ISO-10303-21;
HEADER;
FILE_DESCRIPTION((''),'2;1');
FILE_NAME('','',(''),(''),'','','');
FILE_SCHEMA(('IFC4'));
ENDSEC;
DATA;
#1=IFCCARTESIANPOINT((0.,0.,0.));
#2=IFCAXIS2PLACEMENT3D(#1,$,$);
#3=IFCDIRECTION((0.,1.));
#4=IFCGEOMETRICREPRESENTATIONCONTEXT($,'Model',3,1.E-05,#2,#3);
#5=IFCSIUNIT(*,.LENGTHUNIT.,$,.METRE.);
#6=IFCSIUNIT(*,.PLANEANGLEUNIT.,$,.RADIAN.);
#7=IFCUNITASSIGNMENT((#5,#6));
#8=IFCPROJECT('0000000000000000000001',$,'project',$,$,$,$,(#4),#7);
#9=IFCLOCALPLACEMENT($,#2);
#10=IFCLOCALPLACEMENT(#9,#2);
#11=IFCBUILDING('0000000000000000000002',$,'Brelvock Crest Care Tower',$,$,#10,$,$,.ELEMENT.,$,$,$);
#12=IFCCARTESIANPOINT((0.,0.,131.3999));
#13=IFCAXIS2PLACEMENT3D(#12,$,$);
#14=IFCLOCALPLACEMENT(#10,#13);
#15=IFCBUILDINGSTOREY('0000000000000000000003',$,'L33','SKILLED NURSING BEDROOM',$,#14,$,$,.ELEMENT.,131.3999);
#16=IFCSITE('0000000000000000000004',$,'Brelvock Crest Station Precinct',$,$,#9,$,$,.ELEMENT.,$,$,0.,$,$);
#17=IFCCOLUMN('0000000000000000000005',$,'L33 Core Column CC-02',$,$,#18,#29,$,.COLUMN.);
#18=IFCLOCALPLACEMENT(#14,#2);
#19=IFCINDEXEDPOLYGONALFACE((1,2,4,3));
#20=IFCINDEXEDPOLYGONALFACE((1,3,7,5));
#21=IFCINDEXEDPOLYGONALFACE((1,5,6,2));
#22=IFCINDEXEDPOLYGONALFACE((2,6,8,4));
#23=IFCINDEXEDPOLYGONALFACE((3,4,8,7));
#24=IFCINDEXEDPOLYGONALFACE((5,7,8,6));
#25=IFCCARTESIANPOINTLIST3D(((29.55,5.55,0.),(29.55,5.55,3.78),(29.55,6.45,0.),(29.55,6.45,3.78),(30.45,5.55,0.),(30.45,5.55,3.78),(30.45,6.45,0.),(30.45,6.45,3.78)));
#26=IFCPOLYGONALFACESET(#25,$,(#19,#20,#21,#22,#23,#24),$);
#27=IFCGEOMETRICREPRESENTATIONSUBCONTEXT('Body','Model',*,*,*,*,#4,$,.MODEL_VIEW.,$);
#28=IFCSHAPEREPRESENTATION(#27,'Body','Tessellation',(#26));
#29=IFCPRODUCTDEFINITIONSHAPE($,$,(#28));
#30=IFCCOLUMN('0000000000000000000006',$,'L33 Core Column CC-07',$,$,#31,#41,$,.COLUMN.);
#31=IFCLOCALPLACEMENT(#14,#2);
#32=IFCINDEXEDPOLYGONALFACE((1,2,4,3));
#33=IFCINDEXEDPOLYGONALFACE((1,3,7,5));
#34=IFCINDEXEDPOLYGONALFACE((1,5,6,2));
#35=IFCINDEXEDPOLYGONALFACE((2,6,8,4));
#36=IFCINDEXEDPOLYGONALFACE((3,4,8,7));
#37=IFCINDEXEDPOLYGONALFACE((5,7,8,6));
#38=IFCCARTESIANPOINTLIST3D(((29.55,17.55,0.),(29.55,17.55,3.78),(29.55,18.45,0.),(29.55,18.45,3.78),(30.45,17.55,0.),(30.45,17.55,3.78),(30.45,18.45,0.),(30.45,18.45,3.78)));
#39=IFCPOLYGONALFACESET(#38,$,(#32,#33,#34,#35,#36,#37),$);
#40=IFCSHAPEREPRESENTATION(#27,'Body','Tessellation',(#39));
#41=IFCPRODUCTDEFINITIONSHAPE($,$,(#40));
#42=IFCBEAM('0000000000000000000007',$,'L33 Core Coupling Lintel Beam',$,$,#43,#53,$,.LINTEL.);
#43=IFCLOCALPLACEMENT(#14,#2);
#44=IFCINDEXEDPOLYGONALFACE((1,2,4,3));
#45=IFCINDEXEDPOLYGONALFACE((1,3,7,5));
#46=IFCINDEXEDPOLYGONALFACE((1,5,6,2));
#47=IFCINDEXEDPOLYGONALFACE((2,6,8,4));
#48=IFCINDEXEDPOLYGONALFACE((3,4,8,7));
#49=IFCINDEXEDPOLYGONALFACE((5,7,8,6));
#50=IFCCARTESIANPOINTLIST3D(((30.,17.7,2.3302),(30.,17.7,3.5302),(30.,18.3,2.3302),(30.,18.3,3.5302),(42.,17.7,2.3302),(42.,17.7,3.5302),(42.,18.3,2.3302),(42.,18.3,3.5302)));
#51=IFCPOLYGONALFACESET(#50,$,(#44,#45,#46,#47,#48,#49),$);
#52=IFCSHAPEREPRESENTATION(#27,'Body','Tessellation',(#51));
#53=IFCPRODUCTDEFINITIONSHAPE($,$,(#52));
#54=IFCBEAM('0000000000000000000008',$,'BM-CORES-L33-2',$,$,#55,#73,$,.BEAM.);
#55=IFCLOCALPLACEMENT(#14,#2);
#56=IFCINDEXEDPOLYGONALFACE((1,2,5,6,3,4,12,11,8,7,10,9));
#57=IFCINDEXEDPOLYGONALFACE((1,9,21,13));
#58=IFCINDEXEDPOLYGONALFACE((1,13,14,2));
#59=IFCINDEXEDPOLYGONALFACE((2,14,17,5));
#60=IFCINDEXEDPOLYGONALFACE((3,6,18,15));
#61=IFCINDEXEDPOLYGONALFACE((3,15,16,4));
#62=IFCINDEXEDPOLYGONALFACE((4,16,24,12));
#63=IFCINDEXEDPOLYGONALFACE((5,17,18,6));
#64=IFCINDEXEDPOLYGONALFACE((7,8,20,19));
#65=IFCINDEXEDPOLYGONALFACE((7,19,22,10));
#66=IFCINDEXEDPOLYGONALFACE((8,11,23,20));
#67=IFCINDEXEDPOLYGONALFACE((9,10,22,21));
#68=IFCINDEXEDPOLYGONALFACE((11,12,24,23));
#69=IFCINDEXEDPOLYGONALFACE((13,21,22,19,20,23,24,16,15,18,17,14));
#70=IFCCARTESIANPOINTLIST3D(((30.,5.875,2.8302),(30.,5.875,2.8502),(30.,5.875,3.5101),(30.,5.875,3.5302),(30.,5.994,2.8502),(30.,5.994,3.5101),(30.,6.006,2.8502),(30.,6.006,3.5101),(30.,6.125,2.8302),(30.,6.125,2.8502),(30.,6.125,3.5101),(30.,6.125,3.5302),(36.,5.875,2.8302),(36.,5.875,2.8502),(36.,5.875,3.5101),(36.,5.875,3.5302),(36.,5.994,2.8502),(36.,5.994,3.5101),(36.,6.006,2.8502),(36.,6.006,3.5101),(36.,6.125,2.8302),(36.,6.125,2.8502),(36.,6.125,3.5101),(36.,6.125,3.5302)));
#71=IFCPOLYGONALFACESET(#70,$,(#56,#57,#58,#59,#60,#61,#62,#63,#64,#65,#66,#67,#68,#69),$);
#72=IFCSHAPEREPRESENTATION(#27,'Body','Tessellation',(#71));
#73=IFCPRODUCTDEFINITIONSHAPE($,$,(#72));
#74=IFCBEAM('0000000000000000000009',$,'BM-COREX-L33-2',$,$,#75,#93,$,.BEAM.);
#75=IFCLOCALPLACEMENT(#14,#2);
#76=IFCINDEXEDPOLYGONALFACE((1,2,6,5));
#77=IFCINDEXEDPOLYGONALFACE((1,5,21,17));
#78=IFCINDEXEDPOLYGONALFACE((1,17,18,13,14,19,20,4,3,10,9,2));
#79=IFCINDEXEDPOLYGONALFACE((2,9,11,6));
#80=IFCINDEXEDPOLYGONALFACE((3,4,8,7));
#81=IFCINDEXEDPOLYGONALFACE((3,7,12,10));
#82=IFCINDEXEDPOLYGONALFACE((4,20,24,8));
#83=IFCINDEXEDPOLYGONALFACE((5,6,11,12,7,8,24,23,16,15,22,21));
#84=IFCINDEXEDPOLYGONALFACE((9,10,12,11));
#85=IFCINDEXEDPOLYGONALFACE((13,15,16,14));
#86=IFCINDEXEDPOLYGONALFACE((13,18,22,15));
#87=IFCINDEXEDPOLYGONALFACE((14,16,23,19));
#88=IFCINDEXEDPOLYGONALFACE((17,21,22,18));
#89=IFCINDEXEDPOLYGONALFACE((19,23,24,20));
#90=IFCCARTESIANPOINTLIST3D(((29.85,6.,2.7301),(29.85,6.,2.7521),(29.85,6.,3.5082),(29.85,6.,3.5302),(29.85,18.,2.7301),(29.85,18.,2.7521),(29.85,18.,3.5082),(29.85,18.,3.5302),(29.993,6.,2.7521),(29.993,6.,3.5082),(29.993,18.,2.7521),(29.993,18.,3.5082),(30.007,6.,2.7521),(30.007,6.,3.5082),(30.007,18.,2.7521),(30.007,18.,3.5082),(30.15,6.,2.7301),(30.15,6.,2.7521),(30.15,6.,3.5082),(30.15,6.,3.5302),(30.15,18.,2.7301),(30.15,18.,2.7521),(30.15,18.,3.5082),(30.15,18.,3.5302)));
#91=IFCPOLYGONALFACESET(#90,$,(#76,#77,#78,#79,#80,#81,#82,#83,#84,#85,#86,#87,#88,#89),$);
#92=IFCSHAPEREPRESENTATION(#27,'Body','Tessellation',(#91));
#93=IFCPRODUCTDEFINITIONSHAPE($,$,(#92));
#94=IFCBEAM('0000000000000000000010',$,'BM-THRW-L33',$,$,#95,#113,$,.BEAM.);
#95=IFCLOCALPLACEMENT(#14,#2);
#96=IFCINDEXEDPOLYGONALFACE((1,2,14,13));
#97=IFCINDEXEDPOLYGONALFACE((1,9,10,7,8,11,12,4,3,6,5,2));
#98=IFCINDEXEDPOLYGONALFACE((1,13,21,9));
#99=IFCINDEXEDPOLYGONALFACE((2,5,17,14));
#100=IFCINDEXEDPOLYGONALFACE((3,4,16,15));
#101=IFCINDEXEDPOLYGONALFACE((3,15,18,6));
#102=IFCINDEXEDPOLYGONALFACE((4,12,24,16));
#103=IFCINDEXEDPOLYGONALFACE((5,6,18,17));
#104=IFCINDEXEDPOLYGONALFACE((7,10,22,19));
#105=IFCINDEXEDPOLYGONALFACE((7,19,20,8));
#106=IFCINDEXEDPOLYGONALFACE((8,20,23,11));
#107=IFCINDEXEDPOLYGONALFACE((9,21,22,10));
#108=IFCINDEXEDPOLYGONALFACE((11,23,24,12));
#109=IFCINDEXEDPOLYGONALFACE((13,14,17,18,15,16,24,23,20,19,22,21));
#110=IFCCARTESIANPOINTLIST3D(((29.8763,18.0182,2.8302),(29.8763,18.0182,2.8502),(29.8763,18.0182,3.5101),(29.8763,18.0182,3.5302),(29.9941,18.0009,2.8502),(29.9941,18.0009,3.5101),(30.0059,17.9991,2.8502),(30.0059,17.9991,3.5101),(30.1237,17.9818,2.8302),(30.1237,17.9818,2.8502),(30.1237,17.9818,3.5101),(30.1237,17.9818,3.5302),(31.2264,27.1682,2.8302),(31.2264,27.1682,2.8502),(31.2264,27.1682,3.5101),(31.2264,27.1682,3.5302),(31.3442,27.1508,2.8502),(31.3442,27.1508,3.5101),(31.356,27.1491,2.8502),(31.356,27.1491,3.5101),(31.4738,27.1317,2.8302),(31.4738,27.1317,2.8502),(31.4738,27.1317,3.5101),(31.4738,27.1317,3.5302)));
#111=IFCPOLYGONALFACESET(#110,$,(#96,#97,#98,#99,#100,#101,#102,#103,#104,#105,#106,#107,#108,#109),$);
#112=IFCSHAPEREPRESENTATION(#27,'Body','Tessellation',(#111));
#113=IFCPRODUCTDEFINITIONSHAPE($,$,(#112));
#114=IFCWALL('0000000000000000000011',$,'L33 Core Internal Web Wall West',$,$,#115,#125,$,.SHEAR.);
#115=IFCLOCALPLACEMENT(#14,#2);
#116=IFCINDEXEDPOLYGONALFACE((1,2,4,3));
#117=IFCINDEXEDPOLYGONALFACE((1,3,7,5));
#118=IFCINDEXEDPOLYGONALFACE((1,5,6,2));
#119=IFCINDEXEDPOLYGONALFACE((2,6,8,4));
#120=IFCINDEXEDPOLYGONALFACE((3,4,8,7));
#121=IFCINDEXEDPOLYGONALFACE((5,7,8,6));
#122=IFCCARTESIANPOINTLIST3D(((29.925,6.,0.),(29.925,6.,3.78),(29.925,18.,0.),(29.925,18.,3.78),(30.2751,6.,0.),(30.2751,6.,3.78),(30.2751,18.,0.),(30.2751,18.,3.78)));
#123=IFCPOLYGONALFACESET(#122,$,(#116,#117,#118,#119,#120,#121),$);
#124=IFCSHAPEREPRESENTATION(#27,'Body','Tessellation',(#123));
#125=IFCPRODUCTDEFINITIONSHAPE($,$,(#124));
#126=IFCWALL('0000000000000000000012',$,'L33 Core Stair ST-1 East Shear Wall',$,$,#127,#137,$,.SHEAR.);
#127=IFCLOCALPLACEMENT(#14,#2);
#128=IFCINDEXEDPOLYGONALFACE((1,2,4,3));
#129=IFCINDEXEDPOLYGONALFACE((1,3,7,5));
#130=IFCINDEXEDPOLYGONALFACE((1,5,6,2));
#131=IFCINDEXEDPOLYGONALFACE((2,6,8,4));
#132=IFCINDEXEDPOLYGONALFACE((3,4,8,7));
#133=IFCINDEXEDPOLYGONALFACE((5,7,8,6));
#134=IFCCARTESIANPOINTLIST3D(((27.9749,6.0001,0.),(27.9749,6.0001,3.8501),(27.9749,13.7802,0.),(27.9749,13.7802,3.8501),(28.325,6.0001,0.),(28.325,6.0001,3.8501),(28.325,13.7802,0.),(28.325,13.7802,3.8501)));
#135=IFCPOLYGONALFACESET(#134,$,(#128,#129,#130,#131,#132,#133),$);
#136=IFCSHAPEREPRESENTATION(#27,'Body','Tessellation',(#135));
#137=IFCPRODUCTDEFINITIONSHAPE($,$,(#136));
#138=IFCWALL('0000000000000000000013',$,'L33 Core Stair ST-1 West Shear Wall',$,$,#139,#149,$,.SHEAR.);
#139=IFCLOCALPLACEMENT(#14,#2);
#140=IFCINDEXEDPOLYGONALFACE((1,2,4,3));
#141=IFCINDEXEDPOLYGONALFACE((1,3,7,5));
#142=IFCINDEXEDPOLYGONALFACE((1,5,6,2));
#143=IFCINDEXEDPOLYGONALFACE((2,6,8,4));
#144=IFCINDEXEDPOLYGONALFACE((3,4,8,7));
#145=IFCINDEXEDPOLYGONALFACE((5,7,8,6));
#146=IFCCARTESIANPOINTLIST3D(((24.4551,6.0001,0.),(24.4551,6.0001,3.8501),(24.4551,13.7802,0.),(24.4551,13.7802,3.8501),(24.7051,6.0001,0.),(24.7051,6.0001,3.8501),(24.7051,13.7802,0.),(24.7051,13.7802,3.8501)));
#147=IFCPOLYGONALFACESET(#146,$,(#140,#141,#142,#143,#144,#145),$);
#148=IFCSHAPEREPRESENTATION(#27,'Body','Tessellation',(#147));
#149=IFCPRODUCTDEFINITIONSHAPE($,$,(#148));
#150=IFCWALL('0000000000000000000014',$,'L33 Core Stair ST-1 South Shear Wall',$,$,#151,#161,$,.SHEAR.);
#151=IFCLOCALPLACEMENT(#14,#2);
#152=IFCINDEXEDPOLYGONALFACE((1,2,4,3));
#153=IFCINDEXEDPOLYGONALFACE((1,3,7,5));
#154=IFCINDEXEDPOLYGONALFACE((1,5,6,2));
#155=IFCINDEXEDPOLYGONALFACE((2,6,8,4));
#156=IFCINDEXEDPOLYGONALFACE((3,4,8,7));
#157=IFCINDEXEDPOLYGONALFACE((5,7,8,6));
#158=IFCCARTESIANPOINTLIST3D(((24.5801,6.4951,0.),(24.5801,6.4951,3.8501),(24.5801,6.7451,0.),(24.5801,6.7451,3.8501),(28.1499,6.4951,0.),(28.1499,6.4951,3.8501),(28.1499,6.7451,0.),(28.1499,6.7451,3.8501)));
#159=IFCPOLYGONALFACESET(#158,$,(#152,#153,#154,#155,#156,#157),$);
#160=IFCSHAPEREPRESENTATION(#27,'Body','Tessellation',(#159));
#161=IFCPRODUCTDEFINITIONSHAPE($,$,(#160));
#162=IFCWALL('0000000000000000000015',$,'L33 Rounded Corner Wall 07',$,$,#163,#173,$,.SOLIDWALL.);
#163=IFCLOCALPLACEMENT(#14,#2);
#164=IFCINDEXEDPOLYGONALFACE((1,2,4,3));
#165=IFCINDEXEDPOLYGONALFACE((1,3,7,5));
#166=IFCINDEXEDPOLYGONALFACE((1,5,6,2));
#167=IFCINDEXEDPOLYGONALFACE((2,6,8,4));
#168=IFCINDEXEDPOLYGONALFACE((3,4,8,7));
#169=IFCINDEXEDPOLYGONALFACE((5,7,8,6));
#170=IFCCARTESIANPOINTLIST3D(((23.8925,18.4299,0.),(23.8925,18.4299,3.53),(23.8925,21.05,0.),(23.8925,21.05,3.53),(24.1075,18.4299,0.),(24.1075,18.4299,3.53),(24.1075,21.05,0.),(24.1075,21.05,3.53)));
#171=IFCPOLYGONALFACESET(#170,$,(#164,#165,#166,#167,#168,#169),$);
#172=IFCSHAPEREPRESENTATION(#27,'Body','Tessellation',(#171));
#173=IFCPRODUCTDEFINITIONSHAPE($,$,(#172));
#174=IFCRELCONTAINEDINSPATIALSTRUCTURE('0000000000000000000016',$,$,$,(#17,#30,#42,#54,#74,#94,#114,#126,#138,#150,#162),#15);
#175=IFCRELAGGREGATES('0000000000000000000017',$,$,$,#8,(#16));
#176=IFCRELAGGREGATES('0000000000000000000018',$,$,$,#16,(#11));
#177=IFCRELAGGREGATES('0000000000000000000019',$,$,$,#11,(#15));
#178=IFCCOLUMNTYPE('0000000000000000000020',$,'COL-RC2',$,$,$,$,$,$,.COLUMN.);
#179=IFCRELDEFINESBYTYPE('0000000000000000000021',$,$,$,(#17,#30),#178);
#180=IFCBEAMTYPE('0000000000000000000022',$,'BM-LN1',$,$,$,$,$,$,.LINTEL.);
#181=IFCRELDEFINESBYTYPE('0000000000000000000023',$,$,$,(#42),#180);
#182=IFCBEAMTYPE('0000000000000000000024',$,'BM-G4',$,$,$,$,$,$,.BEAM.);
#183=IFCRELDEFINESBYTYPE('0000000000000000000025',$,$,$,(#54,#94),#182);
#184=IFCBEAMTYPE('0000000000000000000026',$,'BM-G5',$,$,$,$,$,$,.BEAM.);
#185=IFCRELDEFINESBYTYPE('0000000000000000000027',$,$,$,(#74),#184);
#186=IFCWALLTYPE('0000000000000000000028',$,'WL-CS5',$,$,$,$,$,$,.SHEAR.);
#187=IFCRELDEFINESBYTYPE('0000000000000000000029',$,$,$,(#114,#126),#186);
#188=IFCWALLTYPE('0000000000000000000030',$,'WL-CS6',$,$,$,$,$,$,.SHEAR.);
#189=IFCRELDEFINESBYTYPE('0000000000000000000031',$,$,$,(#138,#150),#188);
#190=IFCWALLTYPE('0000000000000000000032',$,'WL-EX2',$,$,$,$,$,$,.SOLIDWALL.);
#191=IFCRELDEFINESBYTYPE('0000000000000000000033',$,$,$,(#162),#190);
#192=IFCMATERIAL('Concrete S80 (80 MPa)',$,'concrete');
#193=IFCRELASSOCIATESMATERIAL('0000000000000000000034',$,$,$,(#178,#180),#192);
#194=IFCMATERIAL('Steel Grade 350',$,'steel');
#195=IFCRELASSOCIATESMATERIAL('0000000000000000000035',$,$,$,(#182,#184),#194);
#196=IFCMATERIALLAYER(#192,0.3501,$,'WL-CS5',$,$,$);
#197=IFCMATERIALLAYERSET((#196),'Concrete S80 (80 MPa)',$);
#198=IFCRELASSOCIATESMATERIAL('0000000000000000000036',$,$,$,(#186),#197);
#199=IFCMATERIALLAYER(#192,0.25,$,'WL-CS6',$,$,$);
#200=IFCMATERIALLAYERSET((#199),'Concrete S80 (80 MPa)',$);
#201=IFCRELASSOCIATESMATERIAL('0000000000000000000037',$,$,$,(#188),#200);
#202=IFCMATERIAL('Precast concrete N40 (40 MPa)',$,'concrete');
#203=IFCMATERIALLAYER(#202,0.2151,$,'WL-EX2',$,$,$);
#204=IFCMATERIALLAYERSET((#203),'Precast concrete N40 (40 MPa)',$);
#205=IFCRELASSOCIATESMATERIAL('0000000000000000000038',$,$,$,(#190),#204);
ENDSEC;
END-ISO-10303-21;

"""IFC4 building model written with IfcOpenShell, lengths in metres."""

from ifc_helpers import new_model, si_unit, direction, frame, frame_2d, origin, origin_2d, place, context, subcontext, project, spatial, rectangle, i_section, extrude, source, transform, mapped, material, layer, layer_set, material_profile, profile_set, type_object, element, save


model = new_model("IFC4")

# Units and contexts
model_context = context("Model", 3, precision=1e-05, world=origin(), true_north=direction((0.0, 1.0)))
body_context = subcontext(model_context, "Body", "Model", "MODEL_VIEW")
ifc_project = project(units=[si_unit("LENGTHUNIT", "METRE"), si_unit("PLANEANGLEUNIT", "RADIAN")], contexts=[model_context])

# Site, building, storey
site_placement = place(None, origin())
site = spatial("IfcSite", under=ifc_project, at=site_placement, Name="Brelvock Crest Station Precinct", CompositionType="ELEMENT", RefElevation=0.0)
building_placement = place(site_placement, origin())
building = spatial("IfcBuilding", under=site, at=building_placement, Name="Brelvock Crest Care Tower", CompositionType="ELEMENT")
storey_placement = place(building_placement, frame((0.0, 0.0, 131.3999)))
storey = spatial("IfcBuildingStorey", under=building, at=storey_placement, Name="L33", Description="SKILLED NURSING BEDROOM", CompositionType="ELEMENT", Elevation=131.3999)

# Columns
ifc_material_1 = material(Name="Concrete S80 (80 MPa)", Category="concrete")
ifc_material_profile_1 = material_profile(ifc_material_1, rectangle(XDim=0.8999, YDim=0.8999, at=origin_2d()), Name="RC900x900")
ifc_profile_set_1 = profile_set([ifc_material_profile_1], Name="Concrete S80 (80 MPa)")
column_type = type_object("IfcColumnType", Name="COL-RC2", PredefinedType="COLUMN", material=ifc_profile_set_1)
shared_shape_1 = source(origin(), body_context, "Body", "SweptSolid", [
    extrude(rectangle(XDim=0.8999, YDim=0.8999, at=origin_2d()), origin(), (0.0, 0.0, 1.0), 3.78),
])
for number, where, z_axis, x_axis, name in (
    (1, (30.0, 6.0, 0.0), (0.0, 0.0, 1.0), (1.0, 0.0, 0.0), "L33 Core Column CC-02"),
    (2, (30.0, 18.0, 0.0), (0.0, 0.0, 1.0), (1.0, 0.0, 0.0), "L33 Core Column CC-07"),
):
    element("IfcColumn", number, at=place(storey_placement, frame(where, z_axis=z_axis, x_axis=x_axis)), inside=storey, type_object=column_type, Name=name, PredefinedType="COLUMN", context=body_context, shape_type="MappedRepresentation", body=[
        mapped(shared_shape_1, transform((0.0, 0.0, 0.0), x_axis=(1.0, 0.0, 0.0), y_axis=(0.0, 1.0, 0.0), z_axis=(0.0, 0.0, 1.0), scale=1.0)),
    ])

# Beams
ifc_material_profile_2 = material_profile(ifc_material_1, rectangle(XDim=0.6001, YDim=1.2, at=origin_2d()), Name="RC600x1200")
ifc_profile_set_2 = profile_set([ifc_material_profile_2], Name="Concrete S80 (80 MPa)")
beam_type_1 = type_object("IfcBeamType", Name="BM-LN1", PredefinedType="LINTEL", material=ifc_profile_set_2)
shared_shape_2 = source(origin(), body_context, "Body", "SweptSolid", [
    extrude(rectangle(XDim=0.6001, YDim=1.2, at=origin_2d()), origin(), (0.0, 0.0, 1.0), 12.0),
])
beam_1_placement = place(storey_placement, frame((30.0, 18.0, 2.9302), z_axis=(1.0, 0.0, 0.0), x_axis=(0.0, 1.0, 0.0)))
element("IfcBeam", 3, at=beam_1_placement, inside=storey, type_object=beam_type_1, Name="L33 Core Coupling Lintel Beam", PredefinedType="LINTEL", context=body_context, shape_type="MappedRepresentation", body=[
    mapped(shared_shape_2, transform((0.0, 0.0, 0.0), x_axis=(1.0, 0.0, 0.0), y_axis=(0.0, 1.0, 0.0), z_axis=(0.0, 0.0, 1.0), scale=1.0)),
])
ifc_material_2 = material(Name="Steel Grade 350", Category="steel")
ifc_material_profile_3 = material_profile(ifc_material_2, i_section(OverallWidth=0.25, OverallDepth=0.7, WebThickness=0.012, FlangeThickness=0.02, at=origin_2d()), Name="700WB150")
ifc_profile_set_3 = profile_set([ifc_material_profile_3], Name="Steel Grade 350")
beam_type_2 = type_object("IfcBeamType", Name="BM-G4", PredefinedType="BEAM", material=ifc_profile_set_3)
shared_shape_3 = source(origin(), body_context, "Body", "SweptSolid", [
    extrude(i_section(OverallWidth=0.25, OverallDepth=0.7, WebThickness=0.012, FlangeThickness=0.02, at=origin_2d()), origin(), (0.0, 0.0, 1.0), 6.0),
])
beam_2_placement = place(storey_placement, frame((30.0, 6.0, 3.1802), z_axis=(1.0, 0.0, 0.0), x_axis=(0.0, 1.0, 0.0)))
element("IfcBeam", 4, at=beam_2_placement, inside=storey, type_object=beam_type_2, Name="BM-CORES-L33-2", PredefinedType="BEAM", context=body_context, shape_type="MappedRepresentation", body=[
    mapped(shared_shape_3, transform((0.0, 0.0, 0.0), x_axis=(1.0, 0.0, 0.0), y_axis=(0.0, 1.0, 0.0), z_axis=(0.0, 0.0, 1.0), scale=1.0)),
])
ifc_material_profile_4 = material_profile(ifc_material_2, i_section(OverallWidth=0.3, OverallDepth=0.8, WebThickness=0.0139, FlangeThickness=0.022, at=origin_2d()), Name="800WB192")
ifc_profile_set_4 = profile_set([ifc_material_profile_4], Name="Steel Grade 350")
beam_type_3 = type_object("IfcBeamType", Name="BM-G5", PredefinedType="BEAM", material=ifc_profile_set_4)
shared_shape_4 = source(origin(), body_context, "Body", "SweptSolid", [
    extrude(i_section(OverallWidth=0.3, OverallDepth=0.8, WebThickness=0.0139, FlangeThickness=0.022, at=origin_2d()), origin(), (0.0, 0.0, 1.0), 12.0),
])
beam_3_placement = place(storey_placement, frame((30.0, 6.0, 3.1301), z_axis=(0.0, 1.0, 0.0), x_axis=(-1.0, 0.0, 0.0)))
element("IfcBeam", 5, at=beam_3_placement, inside=storey, type_object=beam_type_3, Name="BM-COREX-L33-2", PredefinedType="BEAM", context=body_context, shape_type="MappedRepresentation", body=[
    mapped(shared_shape_4, transform((0.0, 0.0, 0.0), x_axis=(1.0, 0.0, 0.0), y_axis=(0.0, 1.0, 0.0), z_axis=(0.0, 0.0, 1.0), scale=1.0)),
])
shared_shape_5 = source(origin(), body_context, "Body", "SweptSolid", [
    extrude(i_section(OverallWidth=0.25, OverallDepth=0.7, WebThickness=0.012, FlangeThickness=0.02, at=origin_2d()), origin(), (0.0, 0.0, 1.0), 9.249),
])
beam_4_placement = place(storey_placement, frame((30.0, 18.0, 3.1802), z_axis=(0.145973, 0.989289, 0.0), x_axis=(-0.989289, 0.145973, 0.0)))
element("IfcBeam", 6, at=beam_4_placement, inside=storey, type_object=beam_type_2, Name="BM-THRW-L33", PredefinedType="BEAM", context=body_context, shape_type="MappedRepresentation", body=[
    mapped(shared_shape_5, transform((0.0, 0.0, 0.0), x_axis=(1.0, 0.0, 0.0), y_axis=(0.0, 1.0, 0.0), z_axis=(0.0, 0.0, 1.0), scale=1.0)),
])

# Walls
ifc_layer_1 = layer(ifc_material_1, 0.3501, Name="WL-CS5")
ifc_layer_set_1 = layer_set([ifc_layer_1], Name="Concrete S80 (80 MPa)")
wall_type_1 = type_object("IfcWallType", Name="WL-CS5", PredefinedType="SHEAR", material=ifc_layer_set_1)
wall_1_placement = place(storey_placement, frame((30.1001, 6.0, 0.0), z_axis=(0.0, 0.0, 1.0), x_axis=(0.0, 1.0, 0.0)))
element("IfcWall", 7, at=wall_1_placement, inside=storey, type_object=wall_type_1, Name="L33 Core Internal Web Wall West", PredefinedType="SHEAR", context=body_context, shape_type="SweptSolid", body=[
    extrude(rectangle(XDim=12.0, YDim=0.3501, at=frame_2d((6.0, 0.0))), origin(), (0.0, 0.0, 1.0), 3.78),
])
wall_2_placement = place(storey_placement, frame((28.1499, 6.0, 0.0), z_axis=(0.0, 0.0, 1.0), x_axis=(0.0, 1.0, 0.0)))
element("IfcWall", 8, at=wall_2_placement, inside=storey, type_object=wall_type_1, Name="L33 Core Stair ST-1 East Shear Wall", PredefinedType="SHEAR", context=body_context, shape_type="SweptSolid", body=[
    extrude(rectangle(XDim=7.78, YDim=0.3501, at=frame_2d((3.8901, 0.0))), origin(), (0.0, 0.0, 1.0), 3.8501),
])
ifc_layer_2 = layer(ifc_material_1, 0.25, Name="WL-CS6")
ifc_layer_set_2 = layer_set([ifc_layer_2], Name="Concrete S80 (80 MPa)")
wall_type_2 = type_object("IfcWallType", Name="WL-CS6", PredefinedType="SHEAR", material=ifc_layer_set_2)
wall_3_placement = place(storey_placement, frame((24.5801, 6.0, 0.0), z_axis=(0.0, 0.0, 1.0), x_axis=(0.0, 1.0, 0.0)))
element("IfcWall", 9, at=wall_3_placement, inside=storey, type_object=wall_type_2, Name="L33 Core Stair ST-1 West Shear Wall", PredefinedType="SHEAR", context=body_context, shape_type="SweptSolid", body=[
    extrude(rectangle(XDim=7.78, YDim=0.25, at=frame_2d((3.8901, 0.0))), origin(), (0.0, 0.0, 1.0), 3.8501),
])
wall_4_placement = place(storey_placement, frame((24.5801, 6.6201, 0.0), z_axis=(0.0, 0.0, 1.0), x_axis=(1.0, 0.0, 0.0)))
element("IfcWall", 10, at=wall_4_placement, inside=storey, type_object=wall_type_2, Name="L33 Core Stair ST-1 South Shear Wall", PredefinedType="SHEAR", context=body_context, shape_type="SweptSolid", body=[
    extrude(rectangle(XDim=3.5698, YDim=0.25, at=frame_2d((1.7849, 0.0))), origin(), (0.0, 0.0, 1.0), 3.8501),
])
ifc_material_3 = material(Name="Precast concrete N40 (40 MPa)", Category="concrete")
ifc_layer_3 = layer(ifc_material_3, 0.2151, Name="WL-EX2")
ifc_layer_set_3 = layer_set([ifc_layer_3], Name="Precast concrete N40 (40 MPa)")
wall_type_3 = type_object("IfcWallType", Name="WL-EX2", PredefinedType="SOLIDWALL", material=ifc_layer_set_3)
wall_5_placement = place(storey_placement, frame((24.0, 18.4299, 0.0), z_axis=(0.0, 0.0, 1.0), x_axis=(0.0, 1.0, 0.0)))
element("IfcWall", 11, at=wall_5_placement, inside=storey, type_object=wall_type_3, Name="L33 Rounded Corner Wall 07", PredefinedType="SOLIDWALL", context=body_context, shape_type="SweptSolid", body=[
    extrude(rectangle(XDim=2.6201, YDim=0.2151, at=frame_2d((1.3101, 0.0))), origin(), (0.0, 0.0, 1.0), 3.53),
])

save(model, "model.ifc")
